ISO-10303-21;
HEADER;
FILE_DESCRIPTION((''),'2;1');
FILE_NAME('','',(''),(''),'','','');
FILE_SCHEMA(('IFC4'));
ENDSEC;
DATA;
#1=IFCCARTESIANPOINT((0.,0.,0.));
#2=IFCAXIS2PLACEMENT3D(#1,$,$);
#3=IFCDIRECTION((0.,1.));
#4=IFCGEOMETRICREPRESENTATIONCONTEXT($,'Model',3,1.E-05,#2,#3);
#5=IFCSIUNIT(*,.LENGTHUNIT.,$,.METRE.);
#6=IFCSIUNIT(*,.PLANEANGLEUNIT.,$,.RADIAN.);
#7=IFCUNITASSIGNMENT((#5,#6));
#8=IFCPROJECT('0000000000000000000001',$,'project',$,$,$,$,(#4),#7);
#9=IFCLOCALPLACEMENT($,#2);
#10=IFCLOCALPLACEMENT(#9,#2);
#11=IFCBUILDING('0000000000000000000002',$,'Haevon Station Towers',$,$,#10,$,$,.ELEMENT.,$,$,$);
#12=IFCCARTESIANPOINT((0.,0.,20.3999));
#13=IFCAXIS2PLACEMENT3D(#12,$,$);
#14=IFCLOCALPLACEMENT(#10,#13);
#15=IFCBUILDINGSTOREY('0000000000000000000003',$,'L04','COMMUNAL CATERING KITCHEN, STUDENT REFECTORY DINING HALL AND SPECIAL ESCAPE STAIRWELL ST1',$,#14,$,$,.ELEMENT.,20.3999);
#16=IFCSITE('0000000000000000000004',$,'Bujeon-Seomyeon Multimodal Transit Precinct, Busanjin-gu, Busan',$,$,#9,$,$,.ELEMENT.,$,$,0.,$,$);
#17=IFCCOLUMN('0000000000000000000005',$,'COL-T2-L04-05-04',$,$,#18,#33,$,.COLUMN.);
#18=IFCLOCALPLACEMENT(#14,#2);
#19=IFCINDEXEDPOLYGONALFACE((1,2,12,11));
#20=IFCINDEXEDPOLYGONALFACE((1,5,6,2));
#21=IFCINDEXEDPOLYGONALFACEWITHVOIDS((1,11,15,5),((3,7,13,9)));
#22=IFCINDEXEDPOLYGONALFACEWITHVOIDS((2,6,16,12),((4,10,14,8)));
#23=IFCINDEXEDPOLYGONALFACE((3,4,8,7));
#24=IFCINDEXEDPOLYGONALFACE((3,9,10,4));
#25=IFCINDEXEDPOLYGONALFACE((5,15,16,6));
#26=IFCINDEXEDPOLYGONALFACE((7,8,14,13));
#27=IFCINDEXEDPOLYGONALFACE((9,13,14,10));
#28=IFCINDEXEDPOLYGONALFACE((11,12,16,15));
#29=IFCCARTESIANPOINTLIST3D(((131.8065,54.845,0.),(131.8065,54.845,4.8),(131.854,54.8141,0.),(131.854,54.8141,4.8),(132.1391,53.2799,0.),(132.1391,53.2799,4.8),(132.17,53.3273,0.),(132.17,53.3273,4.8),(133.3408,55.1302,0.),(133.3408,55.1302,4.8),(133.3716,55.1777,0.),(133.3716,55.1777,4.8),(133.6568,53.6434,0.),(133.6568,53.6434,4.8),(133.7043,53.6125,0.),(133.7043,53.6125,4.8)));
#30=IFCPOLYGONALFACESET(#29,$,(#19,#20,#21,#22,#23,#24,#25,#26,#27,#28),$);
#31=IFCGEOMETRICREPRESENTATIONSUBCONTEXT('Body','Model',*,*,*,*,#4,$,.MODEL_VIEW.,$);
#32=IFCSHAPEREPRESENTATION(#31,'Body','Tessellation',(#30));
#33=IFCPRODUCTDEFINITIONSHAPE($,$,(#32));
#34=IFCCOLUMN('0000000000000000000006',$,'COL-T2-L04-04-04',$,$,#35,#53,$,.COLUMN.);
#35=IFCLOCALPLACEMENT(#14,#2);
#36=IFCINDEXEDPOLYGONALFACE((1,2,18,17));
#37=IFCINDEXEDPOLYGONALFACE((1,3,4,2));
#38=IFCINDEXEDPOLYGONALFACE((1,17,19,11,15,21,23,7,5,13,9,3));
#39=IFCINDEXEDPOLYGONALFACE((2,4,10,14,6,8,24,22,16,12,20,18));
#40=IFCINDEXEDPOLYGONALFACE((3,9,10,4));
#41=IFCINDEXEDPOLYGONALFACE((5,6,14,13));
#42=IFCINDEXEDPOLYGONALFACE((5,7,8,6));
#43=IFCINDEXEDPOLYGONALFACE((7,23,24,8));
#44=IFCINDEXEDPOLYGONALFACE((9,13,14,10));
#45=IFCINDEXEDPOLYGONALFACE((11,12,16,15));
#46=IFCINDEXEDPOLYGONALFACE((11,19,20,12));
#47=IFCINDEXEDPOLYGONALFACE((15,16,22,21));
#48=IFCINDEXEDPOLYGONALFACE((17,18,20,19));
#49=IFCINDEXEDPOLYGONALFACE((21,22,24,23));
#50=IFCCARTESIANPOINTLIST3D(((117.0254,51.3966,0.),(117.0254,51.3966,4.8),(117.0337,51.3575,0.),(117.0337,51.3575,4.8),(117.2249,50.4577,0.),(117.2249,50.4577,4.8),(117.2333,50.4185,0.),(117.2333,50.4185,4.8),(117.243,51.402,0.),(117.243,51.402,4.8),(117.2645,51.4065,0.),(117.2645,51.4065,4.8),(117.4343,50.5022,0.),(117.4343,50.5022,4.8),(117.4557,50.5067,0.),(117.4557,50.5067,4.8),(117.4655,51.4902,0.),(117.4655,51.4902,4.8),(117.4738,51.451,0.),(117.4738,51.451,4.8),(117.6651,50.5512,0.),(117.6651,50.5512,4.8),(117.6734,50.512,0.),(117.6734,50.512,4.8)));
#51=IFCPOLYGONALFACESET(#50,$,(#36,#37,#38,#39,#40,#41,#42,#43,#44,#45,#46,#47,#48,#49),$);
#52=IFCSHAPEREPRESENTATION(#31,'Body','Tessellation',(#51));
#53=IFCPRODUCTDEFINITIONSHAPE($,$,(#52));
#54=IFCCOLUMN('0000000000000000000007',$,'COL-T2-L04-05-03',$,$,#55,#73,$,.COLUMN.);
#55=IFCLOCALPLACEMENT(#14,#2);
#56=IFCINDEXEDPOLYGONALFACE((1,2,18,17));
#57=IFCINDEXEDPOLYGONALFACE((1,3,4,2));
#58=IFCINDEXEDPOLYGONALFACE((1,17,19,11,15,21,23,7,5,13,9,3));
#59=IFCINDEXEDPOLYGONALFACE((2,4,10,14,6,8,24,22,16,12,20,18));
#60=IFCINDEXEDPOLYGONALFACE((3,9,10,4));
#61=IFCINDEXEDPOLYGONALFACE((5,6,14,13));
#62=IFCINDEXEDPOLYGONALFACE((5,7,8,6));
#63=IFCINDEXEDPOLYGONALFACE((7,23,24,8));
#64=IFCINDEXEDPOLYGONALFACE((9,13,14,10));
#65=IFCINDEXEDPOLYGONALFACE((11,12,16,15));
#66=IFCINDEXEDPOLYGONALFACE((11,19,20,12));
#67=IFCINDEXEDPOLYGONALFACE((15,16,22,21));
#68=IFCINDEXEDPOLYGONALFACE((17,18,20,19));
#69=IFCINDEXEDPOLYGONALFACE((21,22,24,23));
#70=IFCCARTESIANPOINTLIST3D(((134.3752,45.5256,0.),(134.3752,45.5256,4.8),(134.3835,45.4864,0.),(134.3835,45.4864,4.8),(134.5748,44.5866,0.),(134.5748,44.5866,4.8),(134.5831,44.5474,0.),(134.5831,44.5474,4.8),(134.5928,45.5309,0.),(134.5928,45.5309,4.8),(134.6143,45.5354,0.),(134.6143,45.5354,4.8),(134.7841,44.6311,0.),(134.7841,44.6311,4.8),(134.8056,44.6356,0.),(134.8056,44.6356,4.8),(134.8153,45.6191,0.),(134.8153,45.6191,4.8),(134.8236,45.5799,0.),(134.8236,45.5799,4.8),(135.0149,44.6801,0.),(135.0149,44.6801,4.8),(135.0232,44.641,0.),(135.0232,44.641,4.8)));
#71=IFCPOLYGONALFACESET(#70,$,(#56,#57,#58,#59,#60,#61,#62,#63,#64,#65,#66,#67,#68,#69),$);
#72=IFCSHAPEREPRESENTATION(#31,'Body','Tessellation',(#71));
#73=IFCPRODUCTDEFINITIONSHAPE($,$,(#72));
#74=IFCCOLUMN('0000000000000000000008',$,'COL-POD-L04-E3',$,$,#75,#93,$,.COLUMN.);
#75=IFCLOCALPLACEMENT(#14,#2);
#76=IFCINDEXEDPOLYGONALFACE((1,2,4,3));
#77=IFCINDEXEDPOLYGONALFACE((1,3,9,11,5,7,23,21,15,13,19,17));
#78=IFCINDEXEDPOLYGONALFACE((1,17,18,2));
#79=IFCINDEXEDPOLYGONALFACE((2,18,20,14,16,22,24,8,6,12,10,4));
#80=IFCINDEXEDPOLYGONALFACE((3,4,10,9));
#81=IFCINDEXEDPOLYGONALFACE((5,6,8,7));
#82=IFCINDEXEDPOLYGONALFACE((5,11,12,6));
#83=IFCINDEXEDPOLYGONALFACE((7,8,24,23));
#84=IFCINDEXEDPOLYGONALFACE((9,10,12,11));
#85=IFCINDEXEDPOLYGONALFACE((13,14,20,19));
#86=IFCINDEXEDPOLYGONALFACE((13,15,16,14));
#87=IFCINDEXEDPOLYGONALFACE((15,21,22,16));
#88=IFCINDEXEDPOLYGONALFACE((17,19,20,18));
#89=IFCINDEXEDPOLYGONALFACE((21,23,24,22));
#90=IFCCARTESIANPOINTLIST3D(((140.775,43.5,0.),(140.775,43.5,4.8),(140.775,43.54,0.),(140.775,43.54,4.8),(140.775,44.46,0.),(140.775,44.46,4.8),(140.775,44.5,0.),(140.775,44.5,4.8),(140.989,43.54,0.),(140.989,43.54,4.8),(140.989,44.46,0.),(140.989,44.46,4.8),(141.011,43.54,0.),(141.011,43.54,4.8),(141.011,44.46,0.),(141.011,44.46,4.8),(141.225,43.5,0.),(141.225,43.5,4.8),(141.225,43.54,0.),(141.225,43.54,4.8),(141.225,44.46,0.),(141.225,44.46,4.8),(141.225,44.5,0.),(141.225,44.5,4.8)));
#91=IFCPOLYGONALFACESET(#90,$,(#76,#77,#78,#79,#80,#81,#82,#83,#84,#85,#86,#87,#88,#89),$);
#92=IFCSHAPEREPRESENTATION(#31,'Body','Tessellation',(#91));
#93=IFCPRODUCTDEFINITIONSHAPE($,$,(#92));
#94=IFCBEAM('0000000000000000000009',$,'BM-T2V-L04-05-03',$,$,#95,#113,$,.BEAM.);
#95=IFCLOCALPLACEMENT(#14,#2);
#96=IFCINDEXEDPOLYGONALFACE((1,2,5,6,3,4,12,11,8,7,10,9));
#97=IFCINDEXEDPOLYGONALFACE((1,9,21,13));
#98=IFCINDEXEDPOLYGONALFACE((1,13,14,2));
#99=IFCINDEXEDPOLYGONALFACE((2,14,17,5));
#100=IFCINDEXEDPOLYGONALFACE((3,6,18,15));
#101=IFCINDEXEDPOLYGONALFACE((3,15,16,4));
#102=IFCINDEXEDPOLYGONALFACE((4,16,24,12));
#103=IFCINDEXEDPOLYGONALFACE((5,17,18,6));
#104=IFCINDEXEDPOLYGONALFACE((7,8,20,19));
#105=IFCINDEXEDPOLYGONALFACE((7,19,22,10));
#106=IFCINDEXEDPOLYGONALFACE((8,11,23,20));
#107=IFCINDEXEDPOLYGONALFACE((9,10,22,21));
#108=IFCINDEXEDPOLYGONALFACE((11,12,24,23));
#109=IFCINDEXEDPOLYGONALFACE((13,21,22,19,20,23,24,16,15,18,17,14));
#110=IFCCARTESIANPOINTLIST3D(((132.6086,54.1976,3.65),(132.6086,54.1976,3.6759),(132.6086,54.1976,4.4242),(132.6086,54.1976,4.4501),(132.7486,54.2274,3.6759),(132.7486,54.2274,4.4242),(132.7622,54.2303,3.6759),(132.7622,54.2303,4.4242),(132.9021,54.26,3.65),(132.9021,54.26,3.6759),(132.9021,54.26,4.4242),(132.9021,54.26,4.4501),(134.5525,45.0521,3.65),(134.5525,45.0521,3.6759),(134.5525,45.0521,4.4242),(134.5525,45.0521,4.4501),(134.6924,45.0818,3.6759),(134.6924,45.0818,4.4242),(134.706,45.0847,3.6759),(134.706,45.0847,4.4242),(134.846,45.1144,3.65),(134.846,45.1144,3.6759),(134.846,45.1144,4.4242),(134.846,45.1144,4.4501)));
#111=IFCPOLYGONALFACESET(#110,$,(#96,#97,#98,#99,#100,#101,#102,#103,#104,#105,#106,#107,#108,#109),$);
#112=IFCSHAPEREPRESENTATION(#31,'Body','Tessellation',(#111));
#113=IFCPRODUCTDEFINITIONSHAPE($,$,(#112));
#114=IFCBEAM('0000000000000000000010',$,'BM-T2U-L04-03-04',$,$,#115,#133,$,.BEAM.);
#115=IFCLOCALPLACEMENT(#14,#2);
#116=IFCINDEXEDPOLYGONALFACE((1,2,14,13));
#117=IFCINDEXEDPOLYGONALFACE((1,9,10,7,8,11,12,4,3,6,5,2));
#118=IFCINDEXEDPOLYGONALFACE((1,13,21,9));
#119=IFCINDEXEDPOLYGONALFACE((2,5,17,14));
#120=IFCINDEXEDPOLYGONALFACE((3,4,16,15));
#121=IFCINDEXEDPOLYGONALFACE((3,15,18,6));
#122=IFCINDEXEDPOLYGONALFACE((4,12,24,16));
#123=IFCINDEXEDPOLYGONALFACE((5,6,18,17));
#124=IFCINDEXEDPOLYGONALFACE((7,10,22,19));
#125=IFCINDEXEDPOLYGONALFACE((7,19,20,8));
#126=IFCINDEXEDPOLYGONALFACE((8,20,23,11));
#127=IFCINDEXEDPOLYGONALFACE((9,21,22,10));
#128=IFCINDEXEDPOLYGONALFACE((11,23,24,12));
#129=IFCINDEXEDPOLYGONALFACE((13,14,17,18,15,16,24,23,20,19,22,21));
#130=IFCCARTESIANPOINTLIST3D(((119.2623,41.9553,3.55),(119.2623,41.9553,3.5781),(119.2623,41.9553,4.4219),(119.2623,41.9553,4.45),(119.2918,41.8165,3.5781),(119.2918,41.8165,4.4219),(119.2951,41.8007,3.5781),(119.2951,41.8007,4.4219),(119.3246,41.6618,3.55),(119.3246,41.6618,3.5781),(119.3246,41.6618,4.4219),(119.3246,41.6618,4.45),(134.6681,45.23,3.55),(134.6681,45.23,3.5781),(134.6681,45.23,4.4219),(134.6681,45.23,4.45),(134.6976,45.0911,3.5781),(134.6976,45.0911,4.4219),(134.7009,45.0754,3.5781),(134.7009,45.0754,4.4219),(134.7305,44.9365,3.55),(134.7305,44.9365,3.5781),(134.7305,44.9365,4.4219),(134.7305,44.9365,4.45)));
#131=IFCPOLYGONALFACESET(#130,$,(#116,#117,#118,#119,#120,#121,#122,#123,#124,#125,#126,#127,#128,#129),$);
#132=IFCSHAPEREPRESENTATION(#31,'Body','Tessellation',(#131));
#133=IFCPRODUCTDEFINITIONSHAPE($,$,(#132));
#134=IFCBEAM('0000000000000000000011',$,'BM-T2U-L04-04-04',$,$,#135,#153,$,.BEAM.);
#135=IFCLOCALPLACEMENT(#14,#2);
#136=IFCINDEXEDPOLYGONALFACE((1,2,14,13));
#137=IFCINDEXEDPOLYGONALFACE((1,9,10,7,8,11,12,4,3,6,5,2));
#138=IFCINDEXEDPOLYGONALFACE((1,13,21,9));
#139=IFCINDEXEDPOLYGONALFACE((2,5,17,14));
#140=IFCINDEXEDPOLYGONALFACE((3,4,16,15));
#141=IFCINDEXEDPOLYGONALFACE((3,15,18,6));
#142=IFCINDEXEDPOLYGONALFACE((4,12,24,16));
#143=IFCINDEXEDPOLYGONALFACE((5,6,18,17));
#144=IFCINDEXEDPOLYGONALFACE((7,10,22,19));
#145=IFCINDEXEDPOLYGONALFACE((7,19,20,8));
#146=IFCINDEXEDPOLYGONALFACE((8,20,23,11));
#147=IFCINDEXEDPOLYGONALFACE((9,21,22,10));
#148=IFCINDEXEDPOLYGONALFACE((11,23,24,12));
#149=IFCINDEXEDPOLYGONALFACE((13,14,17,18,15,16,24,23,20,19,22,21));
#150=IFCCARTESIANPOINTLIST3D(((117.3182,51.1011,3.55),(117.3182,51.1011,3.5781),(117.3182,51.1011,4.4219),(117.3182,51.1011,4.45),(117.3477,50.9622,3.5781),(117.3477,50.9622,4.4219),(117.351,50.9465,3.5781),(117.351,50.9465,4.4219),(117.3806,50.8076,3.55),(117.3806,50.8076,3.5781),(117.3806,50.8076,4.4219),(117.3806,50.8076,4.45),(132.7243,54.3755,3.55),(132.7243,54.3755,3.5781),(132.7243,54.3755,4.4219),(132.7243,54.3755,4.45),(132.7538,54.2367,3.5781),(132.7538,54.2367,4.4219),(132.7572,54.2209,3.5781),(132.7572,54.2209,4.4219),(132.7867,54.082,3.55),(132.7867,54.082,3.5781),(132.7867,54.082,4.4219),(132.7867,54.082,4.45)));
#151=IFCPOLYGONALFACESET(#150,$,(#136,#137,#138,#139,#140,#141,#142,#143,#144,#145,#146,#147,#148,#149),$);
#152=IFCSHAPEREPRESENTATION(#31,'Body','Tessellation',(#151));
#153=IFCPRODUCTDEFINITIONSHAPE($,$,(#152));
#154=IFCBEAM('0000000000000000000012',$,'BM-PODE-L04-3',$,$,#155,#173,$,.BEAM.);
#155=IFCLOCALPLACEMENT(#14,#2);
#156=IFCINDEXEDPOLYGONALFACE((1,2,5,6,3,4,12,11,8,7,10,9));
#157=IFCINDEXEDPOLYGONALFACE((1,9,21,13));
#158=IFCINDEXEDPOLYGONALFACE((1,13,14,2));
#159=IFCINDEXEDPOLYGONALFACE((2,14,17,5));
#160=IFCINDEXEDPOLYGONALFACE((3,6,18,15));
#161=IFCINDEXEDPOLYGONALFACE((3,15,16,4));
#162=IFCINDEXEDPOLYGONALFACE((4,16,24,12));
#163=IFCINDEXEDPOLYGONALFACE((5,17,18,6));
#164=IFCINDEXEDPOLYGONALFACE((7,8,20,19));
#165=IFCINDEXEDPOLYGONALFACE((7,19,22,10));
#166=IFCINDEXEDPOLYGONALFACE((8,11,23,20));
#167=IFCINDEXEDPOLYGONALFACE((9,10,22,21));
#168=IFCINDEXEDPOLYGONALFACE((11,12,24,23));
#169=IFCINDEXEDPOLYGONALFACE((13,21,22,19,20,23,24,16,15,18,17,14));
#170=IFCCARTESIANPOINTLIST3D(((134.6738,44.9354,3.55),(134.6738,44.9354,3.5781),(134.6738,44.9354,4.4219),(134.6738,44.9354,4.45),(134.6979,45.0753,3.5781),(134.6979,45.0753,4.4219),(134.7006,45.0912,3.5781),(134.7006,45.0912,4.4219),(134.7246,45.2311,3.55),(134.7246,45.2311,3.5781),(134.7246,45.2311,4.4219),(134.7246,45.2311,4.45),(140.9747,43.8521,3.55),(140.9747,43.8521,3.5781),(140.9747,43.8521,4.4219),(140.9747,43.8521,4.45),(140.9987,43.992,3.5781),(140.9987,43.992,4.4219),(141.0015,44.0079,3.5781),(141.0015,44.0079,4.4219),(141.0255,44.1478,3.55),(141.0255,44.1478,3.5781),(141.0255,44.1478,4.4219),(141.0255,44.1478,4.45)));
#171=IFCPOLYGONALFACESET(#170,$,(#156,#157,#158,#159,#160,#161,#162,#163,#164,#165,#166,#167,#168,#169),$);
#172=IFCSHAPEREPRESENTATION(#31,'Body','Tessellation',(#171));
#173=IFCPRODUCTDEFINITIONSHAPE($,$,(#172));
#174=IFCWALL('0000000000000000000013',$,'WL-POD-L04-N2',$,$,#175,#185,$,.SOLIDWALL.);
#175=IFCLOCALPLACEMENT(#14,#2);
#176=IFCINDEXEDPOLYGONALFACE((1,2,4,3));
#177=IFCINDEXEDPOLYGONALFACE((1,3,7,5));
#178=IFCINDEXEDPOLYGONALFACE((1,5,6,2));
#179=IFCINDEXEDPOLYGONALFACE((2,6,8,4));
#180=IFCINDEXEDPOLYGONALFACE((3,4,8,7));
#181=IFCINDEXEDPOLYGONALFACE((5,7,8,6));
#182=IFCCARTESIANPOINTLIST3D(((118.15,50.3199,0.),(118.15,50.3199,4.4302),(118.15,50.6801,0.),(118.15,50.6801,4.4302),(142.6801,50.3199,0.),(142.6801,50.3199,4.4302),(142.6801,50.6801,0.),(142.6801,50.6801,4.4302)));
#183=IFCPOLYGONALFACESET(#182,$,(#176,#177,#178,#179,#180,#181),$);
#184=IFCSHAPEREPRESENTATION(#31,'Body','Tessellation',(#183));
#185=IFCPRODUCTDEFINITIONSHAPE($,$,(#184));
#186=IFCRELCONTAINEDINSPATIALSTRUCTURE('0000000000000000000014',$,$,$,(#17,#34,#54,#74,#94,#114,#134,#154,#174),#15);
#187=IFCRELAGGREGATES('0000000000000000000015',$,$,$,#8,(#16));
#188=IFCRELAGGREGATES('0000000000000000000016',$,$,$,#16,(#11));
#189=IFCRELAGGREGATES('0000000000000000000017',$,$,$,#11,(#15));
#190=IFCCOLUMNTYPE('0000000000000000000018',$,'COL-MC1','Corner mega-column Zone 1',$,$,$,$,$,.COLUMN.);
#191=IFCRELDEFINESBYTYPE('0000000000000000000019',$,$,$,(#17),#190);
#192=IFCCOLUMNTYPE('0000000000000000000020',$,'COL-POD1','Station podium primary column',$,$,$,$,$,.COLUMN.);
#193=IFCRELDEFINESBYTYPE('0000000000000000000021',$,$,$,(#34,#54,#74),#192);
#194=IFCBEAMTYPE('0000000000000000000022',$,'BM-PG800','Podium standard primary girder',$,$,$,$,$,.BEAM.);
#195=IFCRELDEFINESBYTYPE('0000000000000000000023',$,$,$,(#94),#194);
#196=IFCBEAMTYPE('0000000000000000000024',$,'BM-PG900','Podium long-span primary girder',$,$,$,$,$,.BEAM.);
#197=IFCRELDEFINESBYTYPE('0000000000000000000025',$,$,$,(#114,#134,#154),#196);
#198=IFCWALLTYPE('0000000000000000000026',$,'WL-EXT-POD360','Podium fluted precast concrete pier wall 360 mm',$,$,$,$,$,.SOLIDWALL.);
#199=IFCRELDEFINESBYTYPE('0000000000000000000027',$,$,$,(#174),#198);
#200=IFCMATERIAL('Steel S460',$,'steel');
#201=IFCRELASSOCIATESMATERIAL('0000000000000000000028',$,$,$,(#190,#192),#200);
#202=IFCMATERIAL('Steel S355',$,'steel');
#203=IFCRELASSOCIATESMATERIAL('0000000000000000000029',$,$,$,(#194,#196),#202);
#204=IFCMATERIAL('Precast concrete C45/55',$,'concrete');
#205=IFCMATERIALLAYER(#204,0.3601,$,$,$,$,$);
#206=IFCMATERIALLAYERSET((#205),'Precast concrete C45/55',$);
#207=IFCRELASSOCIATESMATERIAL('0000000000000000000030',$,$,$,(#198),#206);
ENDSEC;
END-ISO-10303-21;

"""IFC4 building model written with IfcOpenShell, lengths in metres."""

from ifc_helpers import new_model, si_unit, direction, frame, frame_2d, origin, origin_2d, place, context, subcontext, project, spatial, rectangle, hollow_rectangle, i_section, extrude, material, layer, layer_set, material_profile, profile_set, type_object, element, save


model = new_model("IFC4")

# Units and contexts
model_context = context("Model", 3, precision=1e-05, world=origin(), true_north=direction((0.0, 1.0)))
body_context = subcontext(model_context, "Body", "Model", "MODEL_VIEW")
ifc_project = project(units=[si_unit("LENGTHUNIT", "METRE"), si_unit("PLANEANGLEUNIT", "RADIAN")], contexts=[model_context])

# Site, building, storey
site_placement = place(None, origin())
site = spatial("IfcSite", under=ifc_project, at=site_placement, Name="Bujeon-Seomyeon Multimodal Transit Precinct, Busanjin-gu, Busan", CompositionType="ELEMENT", RefElevation=0.0)
building_placement = place(site_placement, origin())
building = spatial("IfcBuilding", under=site, at=building_placement, Name="Haevon Station Towers", CompositionType="ELEMENT")
storey_placement = place(building_placement, frame((0.0, 0.0, 20.3999)))
storey = spatial("IfcBuildingStorey", under=building, at=storey_placement, Name="L04", Description="COMMUNAL CATERING KITCHEN, STUDENT REFECTORY DINING HALL AND SPECIAL ESCAPE STAIRWELL ST1", CompositionType="ELEMENT", Elevation=20.3999)

# Columns
ifc_material_1 = material(Name="Steel S460", Category="steel")
ifc_material_profile_1 = material_profile(ifc_material_1, hollow_rectangle(XDim=1.6001, YDim=1.6001, WallThickness=0.04, at=origin_2d()), Name="BOX-1600x1600x40")
ifc_profile_set_1 = profile_set([ifc_material_profile_1], Name="Steel S460")
column_type_1 = type_object("IfcColumnType", Name="COL-MC1", Description="Corner mega-column Zone 1", PredefinedType="COLUMN", material=ifc_profile_set_1)
column_placement = place(storey_placement, frame((132.7554, 54.2288, 0.0), z_axis=(0.0, 0.0, 1.0), x_axis=(0.978148, 0.207912, 0.0)))
element("IfcColumn", 1, at=column_placement, inside=storey, type_object=column_type_1, Name="COL-T2-L04-05-04", PredefinedType="COLUMN", context=body_context, shape_type="SweptSolid", body=[
    extrude(hollow_rectangle(XDim=1.6001, YDim=1.6001, WallThickness=0.04, at=origin_2d()), origin(), (0.0, 0.0, 1.0), 4.8),
])
ifc_material_profile_2 = material_profile(ifc_material_1, i_section(OverallWidth=0.45, OverallDepth=1.0, WebThickness=0.022, FlangeThickness=0.04, at=origin_2d()), Name="H-1000x450x22x40")
ifc_profile_set_2 = profile_set([ifc_material_profile_2], Name="Steel S460")
column_type_2 = type_object("IfcColumnType", Name="COL-POD1", Description="Station podium primary column", PredefinedType="COLUMN", material=ifc_profile_set_2)
for number, where, z_axis, x_axis, name in (
    (2, (117.3494, 50.9543, 0.0), (0.0, 0.0, 1.0), (0.978148, 0.207912, 0.0), "COL-T2-L04-04-04"),
    (3, (134.6992, 45.0833, 0.0), (0.0, 0.0, 1.0), (0.978148, 0.207912, 0.0), "COL-T2-L04-05-03"),
    (4, (141.0, 44.0, 0.0), (0.0, 0.0, 1.0), (1.0, 0.0, 0.0), "COL-POD-L04-E3"),
):
    element("IfcColumn", number, at=place(storey_placement, frame(where, z_axis=z_axis, x_axis=x_axis)), inside=storey, type_object=column_type_2, Name=name, PredefinedType="COLUMN", context=body_context, shape_type="SweptSolid", body=[
        extrude(i_section(OverallWidth=0.45, OverallDepth=1.0, WebThickness=0.022, FlangeThickness=0.04, at=origin_2d()), origin(), (0.0, 0.0, 1.0), 4.8),
    ])

# Beams
ifc_material_2 = material(Name="Steel S355", Category="steel")
ifc_material_profile_3 = material_profile(ifc_material_2, i_section(OverallWidth=0.3, OverallDepth=0.8, WebThickness=0.0139, FlangeThickness=0.0259, at=origin_2d()), Name="H-800x300x14x26")
ifc_profile_set_3 = profile_set([ifc_material_profile_3], Name="Steel S355")
beam_type_1 = type_object("IfcBeamType", Name="BM-PG800", Description="Podium standard primary girder", PredefinedType="BEAM", material=ifc_profile_set_3)
beam_1_placement = place(storey_placement, frame((134.6992, 45.0833, 4.05), z_axis=(-0.207902, 0.97815, 0.0), x_axis=(-0.97815, -0.207902, 0.0)))
element("IfcBeam", 5, at=beam_1_placement, inside=storey, type_object=beam_type_1, Name="BM-T2V-L04-05-03", PredefinedType="BEAM", context=body_context, shape_type="SweptSolid", body=[
    extrude(i_section(OverallWidth=0.3, OverallDepth=0.8, WebThickness=0.0139, FlangeThickness=0.0259, at=origin_2d()), origin(), (0.0, 0.0, 1.0), 9.3499),
])
ifc_material_profile_4 = material_profile(ifc_material_2, i_section(OverallWidth=0.3, OverallDepth=0.8999, WebThickness=0.0161, FlangeThickness=0.0281, at=origin_2d()), Name="H-900x300x16x28")
ifc_profile_set_4 = profile_set([ifc_material_profile_4], Name="Steel S355")
beam_type_2 = type_object("IfcBeamType", Name="BM-PG900", Description="Podium long-span primary girder", PredefinedType="BEAM", material=ifc_profile_set_4)
beam_2_placement = place(storey_placement, frame((119.2935, 41.8086, 4.0), z_axis=(0.978147, 0.207915, 0.0), x_axis=(-0.207915, 0.978147, 0.0)))
element("IfcBeam", 6, at=beam_2_placement, inside=storey, type_object=beam_type_2, Name="BM-T2U-L04-03-04", PredefinedType="BEAM", context=body_context, shape_type="SweptSolid", body=[
    extrude(i_section(OverallWidth=0.3, OverallDepth=0.8999, WebThickness=0.0161, FlangeThickness=0.0281, at=origin_2d()), origin(), (0.0, 0.0, 1.0), 15.75),
])
beam_3_placement = place(storey_placement, frame((117.3494, 50.9543, 4.0), z_axis=(0.978151, 0.207898, 0.0), x_axis=(-0.207898, 0.978151, 0.0)))
element("IfcBeam", 7, at=beam_3_placement, inside=storey, type_object=beam_type_2, Name="BM-T2U-L04-04-04", PredefinedType="BEAM", context=body_context, shape_type="SweptSolid", body=[
    extrude(i_section(OverallWidth=0.3, OverallDepth=0.8999, WebThickness=0.0161, FlangeThickness=0.0281, at=origin_2d()), origin(), (0.0, 0.0, 1.0), 15.7502),
])
beam_4_placement = place(storey_placement, frame((134.6992, 45.0833, 4.0), z_axis=(0.985541, -0.169438, 0.0), x_axis=(0.169438, 0.985541, 0.0)))
element("IfcBeam", 8, at=beam_4_placement, inside=storey, type_object=beam_type_2, Name="BM-PODE-L04-3", PredefinedType="BEAM", context=body_context, shape_type="SweptSolid", body=[
    extrude(i_section(OverallWidth=0.3, OverallDepth=0.8999, WebThickness=0.0161, FlangeThickness=0.0281, at=origin_2d()), origin(), (0.0, 0.0, 1.0), 6.3933),
])

# Wall
ifc_material_3 = material(Name="Precast concrete C45/55", Category="concrete")
ifc_layer_1 = layer(ifc_material_3, 0.3601)
ifc_layer_set_1 = layer_set([ifc_layer_1], Name="Precast concrete C45/55")
wall_type_1 = type_object("IfcWallType", Name="WL-EXT-POD360", Description="Podium fluted precast concrete pier wall 360 mm", PredefinedType="SOLIDWALL", material=ifc_layer_set_1)
wall_1_placement = place(storey_placement, frame((118.1499, 50.5, 0.0), z_axis=(0.0, 0.0, 1.0), x_axis=(1.0, 0.0, 0.0)))
element("IfcWall", 9, at=wall_1_placement, inside=storey, type_object=wall_type_1, Name="WL-POD-L04-N2", PredefinedType="SOLIDWALL", context=body_context, shape_type="SweptSolid", body=[
    extrude(rectangle(XDim=24.53, YDim=0.3601, at=frame_2d((12.2651, 0.0))), origin(), (0.0, 0.0, 1.0), 4.4302),
])

save(model, "model.ifc")
